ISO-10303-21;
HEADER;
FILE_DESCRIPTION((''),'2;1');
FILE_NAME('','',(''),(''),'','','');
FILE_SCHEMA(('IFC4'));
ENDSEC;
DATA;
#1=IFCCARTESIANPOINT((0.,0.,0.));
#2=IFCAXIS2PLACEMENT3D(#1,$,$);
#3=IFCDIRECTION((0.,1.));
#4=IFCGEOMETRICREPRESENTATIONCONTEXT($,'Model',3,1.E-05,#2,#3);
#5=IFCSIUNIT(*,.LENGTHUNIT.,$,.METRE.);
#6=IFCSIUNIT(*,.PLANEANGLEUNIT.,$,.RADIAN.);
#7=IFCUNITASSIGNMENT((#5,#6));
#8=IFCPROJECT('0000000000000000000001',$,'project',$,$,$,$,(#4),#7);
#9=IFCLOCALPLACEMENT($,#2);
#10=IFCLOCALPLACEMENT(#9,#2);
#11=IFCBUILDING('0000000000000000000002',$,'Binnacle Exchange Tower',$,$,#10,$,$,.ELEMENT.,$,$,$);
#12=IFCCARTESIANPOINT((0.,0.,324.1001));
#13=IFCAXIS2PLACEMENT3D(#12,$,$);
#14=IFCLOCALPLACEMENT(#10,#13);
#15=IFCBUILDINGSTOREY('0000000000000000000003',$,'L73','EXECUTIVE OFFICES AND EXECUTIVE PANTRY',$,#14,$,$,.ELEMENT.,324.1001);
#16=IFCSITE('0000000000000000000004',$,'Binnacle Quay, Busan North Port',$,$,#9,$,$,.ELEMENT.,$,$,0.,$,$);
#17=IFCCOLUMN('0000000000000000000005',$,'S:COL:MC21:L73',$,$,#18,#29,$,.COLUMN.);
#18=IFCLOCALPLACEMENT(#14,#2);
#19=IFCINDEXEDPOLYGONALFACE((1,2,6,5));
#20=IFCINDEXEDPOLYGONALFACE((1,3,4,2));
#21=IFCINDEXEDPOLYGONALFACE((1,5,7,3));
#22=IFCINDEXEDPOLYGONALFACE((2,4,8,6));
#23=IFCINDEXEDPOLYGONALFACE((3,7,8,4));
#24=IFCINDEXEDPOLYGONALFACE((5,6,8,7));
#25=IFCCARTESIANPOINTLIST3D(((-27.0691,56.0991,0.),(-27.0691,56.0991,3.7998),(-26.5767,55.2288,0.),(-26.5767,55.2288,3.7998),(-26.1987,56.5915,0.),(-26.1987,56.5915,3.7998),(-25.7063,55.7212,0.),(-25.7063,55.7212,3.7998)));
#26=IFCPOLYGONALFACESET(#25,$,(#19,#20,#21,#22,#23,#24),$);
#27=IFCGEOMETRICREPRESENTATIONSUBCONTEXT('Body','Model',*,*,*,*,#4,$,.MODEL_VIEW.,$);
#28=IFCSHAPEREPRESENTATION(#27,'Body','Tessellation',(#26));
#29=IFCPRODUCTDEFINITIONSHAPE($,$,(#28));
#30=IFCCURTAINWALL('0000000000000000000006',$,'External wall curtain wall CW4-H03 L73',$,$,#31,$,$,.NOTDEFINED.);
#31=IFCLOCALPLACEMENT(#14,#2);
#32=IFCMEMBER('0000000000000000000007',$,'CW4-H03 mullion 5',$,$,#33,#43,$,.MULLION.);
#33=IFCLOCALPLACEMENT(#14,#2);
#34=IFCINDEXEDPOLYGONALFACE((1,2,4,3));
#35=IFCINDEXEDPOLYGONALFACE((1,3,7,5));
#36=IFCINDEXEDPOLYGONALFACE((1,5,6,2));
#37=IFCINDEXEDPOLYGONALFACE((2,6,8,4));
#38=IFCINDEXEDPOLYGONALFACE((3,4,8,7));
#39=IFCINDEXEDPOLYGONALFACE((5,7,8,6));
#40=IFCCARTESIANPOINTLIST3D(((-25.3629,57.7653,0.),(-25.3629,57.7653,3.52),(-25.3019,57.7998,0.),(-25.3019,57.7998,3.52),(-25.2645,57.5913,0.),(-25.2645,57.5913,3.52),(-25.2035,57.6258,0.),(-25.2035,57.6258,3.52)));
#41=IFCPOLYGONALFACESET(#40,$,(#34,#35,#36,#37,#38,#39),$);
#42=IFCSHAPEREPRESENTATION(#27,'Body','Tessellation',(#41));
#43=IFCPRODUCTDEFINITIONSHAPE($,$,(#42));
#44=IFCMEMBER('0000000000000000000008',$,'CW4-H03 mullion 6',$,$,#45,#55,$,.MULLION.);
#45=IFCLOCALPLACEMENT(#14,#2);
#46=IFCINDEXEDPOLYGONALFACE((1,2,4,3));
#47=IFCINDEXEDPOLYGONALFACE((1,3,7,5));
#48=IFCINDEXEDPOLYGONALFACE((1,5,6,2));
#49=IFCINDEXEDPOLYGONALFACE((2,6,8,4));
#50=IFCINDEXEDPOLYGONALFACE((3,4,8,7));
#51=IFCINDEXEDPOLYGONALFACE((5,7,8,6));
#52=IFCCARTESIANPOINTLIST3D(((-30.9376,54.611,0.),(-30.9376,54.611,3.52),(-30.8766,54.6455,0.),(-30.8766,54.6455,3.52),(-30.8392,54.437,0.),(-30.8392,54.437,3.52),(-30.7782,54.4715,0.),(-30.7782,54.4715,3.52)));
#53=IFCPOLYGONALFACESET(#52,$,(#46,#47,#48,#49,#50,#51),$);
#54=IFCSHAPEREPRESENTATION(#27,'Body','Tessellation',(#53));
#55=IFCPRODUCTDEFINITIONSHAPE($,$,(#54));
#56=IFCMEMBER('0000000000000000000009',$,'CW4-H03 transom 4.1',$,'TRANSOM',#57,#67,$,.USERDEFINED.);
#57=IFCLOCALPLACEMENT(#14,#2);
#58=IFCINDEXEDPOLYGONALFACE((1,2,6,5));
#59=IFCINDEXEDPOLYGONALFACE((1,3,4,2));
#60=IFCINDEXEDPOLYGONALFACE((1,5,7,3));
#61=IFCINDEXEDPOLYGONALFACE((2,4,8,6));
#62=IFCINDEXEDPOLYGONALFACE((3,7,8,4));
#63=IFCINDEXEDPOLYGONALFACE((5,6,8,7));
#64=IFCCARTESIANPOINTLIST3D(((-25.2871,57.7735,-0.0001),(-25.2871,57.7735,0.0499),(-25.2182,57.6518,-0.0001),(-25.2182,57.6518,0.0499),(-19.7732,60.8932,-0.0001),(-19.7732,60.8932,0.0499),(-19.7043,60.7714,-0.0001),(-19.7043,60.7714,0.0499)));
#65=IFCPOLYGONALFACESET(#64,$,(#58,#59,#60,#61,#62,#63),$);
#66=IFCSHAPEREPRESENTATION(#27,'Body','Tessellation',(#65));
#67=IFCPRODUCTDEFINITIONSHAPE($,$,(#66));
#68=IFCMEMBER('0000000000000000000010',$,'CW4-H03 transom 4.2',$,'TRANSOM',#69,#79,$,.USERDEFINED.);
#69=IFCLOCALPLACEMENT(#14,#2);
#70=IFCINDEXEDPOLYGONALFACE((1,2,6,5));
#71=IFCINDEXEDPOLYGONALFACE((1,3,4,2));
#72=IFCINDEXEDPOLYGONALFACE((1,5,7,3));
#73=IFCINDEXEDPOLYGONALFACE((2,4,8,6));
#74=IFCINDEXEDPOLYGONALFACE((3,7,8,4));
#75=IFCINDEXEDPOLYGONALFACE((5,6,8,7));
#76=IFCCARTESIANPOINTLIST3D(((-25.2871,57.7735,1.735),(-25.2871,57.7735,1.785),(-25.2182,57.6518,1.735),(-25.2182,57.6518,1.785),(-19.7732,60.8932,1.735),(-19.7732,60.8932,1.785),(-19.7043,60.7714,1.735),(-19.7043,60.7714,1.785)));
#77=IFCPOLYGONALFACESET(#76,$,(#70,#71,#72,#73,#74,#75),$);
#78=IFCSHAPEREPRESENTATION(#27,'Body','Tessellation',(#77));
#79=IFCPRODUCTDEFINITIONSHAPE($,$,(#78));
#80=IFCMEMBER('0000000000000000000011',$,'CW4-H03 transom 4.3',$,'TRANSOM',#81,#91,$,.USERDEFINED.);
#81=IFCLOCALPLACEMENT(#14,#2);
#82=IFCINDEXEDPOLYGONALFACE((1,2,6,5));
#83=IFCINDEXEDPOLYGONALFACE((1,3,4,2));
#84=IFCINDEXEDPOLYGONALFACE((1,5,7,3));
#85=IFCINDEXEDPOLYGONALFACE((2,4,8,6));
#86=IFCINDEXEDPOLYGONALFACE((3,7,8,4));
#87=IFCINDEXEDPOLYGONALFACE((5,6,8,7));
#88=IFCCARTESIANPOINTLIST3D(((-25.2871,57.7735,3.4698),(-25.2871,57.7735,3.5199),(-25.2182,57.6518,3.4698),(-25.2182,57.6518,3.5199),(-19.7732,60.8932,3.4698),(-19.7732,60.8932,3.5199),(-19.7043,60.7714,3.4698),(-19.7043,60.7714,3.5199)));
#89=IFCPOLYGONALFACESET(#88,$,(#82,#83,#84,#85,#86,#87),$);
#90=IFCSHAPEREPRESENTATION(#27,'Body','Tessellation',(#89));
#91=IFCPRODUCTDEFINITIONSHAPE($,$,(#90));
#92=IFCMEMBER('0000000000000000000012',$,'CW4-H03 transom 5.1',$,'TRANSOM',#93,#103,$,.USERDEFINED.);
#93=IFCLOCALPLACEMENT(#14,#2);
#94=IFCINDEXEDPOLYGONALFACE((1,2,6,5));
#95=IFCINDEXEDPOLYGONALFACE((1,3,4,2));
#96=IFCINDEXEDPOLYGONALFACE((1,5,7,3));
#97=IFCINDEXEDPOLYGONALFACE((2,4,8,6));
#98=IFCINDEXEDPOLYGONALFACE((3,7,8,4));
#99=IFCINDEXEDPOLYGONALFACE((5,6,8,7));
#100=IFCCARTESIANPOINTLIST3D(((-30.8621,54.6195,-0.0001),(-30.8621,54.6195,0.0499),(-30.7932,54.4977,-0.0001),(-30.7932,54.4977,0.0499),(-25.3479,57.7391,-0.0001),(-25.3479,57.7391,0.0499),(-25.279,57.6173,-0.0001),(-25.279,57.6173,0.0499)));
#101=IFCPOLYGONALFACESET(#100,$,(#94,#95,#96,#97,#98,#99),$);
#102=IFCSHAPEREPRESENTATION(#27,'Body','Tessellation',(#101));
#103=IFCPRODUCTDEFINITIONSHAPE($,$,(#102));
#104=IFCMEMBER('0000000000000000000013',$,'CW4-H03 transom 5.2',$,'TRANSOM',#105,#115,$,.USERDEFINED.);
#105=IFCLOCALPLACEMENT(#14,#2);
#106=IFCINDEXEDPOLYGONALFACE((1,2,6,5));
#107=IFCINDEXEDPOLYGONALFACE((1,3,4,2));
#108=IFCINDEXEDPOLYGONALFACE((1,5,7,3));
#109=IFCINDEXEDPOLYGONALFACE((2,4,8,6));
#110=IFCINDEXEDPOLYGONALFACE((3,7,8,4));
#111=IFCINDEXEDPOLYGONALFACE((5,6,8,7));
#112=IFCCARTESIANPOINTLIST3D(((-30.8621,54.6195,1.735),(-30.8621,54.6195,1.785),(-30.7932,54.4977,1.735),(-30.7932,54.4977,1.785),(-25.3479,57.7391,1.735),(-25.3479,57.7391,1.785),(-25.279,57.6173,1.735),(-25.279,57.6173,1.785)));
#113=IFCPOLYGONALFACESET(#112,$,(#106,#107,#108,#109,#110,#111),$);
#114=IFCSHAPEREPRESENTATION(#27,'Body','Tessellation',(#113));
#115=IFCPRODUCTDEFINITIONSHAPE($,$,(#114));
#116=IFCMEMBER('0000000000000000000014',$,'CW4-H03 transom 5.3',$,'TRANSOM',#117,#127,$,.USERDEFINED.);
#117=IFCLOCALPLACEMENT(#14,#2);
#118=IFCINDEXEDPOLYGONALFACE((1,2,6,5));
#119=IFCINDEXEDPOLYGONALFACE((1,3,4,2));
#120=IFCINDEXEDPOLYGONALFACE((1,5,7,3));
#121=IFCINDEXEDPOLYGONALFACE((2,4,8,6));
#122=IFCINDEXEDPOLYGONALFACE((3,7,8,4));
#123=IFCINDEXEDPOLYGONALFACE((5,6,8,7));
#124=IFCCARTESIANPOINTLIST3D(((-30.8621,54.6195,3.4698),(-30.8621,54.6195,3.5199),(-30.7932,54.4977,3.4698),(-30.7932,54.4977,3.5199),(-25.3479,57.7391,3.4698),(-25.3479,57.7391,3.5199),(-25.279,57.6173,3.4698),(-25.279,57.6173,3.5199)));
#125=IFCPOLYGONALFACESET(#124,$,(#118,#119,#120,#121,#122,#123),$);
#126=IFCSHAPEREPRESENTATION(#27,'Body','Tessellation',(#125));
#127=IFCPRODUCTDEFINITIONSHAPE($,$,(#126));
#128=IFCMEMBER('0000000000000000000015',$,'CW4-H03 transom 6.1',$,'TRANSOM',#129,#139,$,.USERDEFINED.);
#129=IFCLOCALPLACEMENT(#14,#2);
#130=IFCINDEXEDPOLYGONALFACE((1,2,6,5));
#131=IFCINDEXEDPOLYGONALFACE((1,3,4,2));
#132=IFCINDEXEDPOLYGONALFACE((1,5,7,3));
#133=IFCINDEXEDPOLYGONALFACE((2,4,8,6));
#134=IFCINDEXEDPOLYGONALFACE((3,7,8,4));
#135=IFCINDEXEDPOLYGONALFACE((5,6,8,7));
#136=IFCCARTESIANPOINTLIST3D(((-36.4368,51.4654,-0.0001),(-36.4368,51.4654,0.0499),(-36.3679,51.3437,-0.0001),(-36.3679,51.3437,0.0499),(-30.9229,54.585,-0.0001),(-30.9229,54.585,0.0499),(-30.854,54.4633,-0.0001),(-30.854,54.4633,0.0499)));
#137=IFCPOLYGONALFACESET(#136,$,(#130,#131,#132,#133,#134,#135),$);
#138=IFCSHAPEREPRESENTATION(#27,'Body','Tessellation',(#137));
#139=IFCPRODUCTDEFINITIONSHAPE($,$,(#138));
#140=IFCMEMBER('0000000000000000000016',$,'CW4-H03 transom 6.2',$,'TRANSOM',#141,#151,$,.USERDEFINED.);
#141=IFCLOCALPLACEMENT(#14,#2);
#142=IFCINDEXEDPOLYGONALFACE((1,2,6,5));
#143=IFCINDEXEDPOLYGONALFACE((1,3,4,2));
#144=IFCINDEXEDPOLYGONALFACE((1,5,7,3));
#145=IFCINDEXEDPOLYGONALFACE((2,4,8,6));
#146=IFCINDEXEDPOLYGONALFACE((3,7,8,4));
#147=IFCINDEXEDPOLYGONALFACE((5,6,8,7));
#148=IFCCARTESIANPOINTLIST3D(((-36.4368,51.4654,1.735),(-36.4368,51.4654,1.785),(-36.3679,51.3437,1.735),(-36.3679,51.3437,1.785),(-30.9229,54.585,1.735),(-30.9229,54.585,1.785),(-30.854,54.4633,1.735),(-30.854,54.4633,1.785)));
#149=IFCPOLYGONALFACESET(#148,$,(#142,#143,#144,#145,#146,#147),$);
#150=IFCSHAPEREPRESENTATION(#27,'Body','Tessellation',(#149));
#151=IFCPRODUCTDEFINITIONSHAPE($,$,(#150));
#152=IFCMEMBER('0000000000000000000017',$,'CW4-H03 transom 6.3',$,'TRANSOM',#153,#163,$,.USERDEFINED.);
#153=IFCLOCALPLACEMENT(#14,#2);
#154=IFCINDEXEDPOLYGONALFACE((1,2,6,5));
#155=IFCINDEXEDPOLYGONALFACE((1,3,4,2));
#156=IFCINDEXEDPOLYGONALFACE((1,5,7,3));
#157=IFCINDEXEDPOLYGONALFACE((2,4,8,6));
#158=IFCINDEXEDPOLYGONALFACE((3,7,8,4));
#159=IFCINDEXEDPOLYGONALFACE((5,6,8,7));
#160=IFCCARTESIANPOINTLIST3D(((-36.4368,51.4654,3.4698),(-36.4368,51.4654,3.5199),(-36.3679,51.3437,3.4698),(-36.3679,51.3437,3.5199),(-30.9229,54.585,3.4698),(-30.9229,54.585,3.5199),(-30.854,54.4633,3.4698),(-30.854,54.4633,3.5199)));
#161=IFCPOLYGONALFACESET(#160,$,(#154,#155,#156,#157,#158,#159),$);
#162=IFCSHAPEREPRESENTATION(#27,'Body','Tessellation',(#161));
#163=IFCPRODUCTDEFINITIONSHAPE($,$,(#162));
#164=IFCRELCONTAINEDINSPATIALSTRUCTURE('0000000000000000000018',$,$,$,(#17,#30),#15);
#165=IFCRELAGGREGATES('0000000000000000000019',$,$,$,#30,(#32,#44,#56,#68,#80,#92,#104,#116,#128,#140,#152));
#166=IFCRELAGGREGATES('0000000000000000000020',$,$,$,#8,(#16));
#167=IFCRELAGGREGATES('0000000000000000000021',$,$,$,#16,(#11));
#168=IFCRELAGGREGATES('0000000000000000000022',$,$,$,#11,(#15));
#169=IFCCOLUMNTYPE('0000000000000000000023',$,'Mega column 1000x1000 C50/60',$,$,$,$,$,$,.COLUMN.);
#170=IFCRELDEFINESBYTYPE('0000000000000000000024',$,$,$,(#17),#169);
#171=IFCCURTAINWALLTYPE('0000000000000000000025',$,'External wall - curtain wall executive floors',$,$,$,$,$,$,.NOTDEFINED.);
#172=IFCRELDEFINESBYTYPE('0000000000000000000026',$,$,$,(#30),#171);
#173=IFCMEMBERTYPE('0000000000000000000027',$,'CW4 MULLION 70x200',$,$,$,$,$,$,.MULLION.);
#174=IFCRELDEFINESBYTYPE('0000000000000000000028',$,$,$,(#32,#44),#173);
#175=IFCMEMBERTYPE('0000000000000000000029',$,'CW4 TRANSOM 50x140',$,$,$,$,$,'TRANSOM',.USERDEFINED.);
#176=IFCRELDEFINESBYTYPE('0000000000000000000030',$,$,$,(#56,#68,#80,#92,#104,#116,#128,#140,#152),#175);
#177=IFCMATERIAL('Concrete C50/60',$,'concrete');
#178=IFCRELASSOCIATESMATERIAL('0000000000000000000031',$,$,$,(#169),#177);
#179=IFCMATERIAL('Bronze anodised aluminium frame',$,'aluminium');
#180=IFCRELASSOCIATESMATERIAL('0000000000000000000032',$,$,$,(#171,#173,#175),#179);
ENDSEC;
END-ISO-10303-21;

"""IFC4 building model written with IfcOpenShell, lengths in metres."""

from ifc_helpers import new_model, si_unit, direction, frame, origin, origin_2d, place, context, subcontext, project, spatial, rectangle, extrude, material, material_profile, profile_set, type_object, element, aggregate, save


model = new_model("IFC4")

# Units and contexts
model_context = context("Model", 3, precision=1e-05, world=origin(), true_north=direction((0.0, 1.0)))
body_context = subcontext(model_context, "Body", "Model", "MODEL_VIEW")
ifc_project = project(units=[si_unit("LENGTHUNIT", "METRE"), si_unit("PLANEANGLEUNIT", "RADIAN")], contexts=[model_context])

# Site, building, storey
site_placement = place(None, origin())
site = spatial("IfcSite", under=ifc_project, at=site_placement, Name="Binnacle Quay, Busan North Port", CompositionType="ELEMENT", RefElevation=0.0)
building_placement = place(site_placement, origin())
building = spatial("IfcBuilding", under=site, at=building_placement, Name="Binnacle Exchange Tower", CompositionType="ELEMENT")
storey_placement = place(building_placement, frame((0.0, 0.0, 324.1001)))
storey = spatial("IfcBuildingStorey", under=building, at=storey_placement, Name="L73", Description="EXECUTIVE OFFICES AND EXECUTIVE PANTRY", CompositionType="ELEMENT", Elevation=324.1001)

# Column
ifc_material_1 = material(Name="Concrete C50/60", Category="concrete")
ifc_material_profile_1 = material_profile(ifc_material_1, rectangle(XDim=1.0, YDim=1.0, at=origin_2d()), Name="Mega column 1000x1000 C50/60")
ifc_profile_set_1 = profile_set([ifc_material_profile_1], Name="Concrete C50/60")
column_type = type_object("IfcColumnType", Name="Mega column 1000x1000 C50/60", PredefinedType="COLUMN", material=ifc_profile_set_1)
column_placement = place(storey_placement, frame((-26.3877, 55.9102, 0.0), z_axis=(0.0, 0.0, 1.0), x_axis=(-0.870356, -0.492424, 0.0)))
element("IfcColumn", 1, at=column_placement, inside=storey, type_object=column_type, Name="S:COL:MC21:L73", PredefinedType="COLUMN", context=body_context, shape_type="SweptSolid", body=[
    extrude(rectangle(XDim=1.0, YDim=1.0, at=origin_2d()), origin(), (0.0, 0.0, 1.0), 3.7998),
])

# Curtain wall, members
ifc_material_2 = material(Name="Bronze anodised aluminium frame", Category="aluminium")
curtain_wall_type = type_object("IfcCurtainWallType", Name="External wall - curtain wall executive floors", PredefinedType="NOTDEFINED", material=ifc_material_2)
curtain_wall_placement = place(storey_placement, origin())
curtain_wall = element("IfcCurtainWall", 2, at=curtain_wall_placement, inside=storey, type_object=curtain_wall_type, Name="External wall curtain wall CW4-H03 L73", PredefinedType="NOTDEFINED")
ifc_material_profile_2 = material_profile(ifc_material_2, rectangle(XDim=0.2, YDim=0.0701, at=origin_2d()), Name="AL 70x200")
ifc_profile_set_2 = profile_set([ifc_material_profile_2], Name="Bronze anodised aluminium frame")
member_type_1 = type_object("IfcMemberType", Name="CW4 MULLION 70x200", PredefinedType="MULLION", material=ifc_profile_set_2)
member_1_placement = place(storey_placement, frame((-25.2832, 57.6956, 0.0), z_axis=(0.0, 0.0, 1.0), x_axis=(0.492424, -0.870356, 0.0)))
member_1 = element("IfcMember", 3, at=member_1_placement, type_object=member_type_1, Name="CW4-H03 mullion 5", PredefinedType="MULLION", context=body_context, shape_type="SweptSolid", body=[
    extrude(rectangle(XDim=0.2, YDim=0.0701, at=origin_2d()), origin(), (0.0, 0.0, 1.0), 3.52),
])
member_2_placement = place(storey_placement, frame((-30.8579, 54.5413, 0.0), z_axis=(0.0, 0.0, 1.0), x_axis=(0.492424, -0.870356, 0.0)))
member_2 = element("IfcMember", 4, at=member_2_placement, type_object=member_type_1, Name="CW4-H03 mullion 6", PredefinedType="MULLION", context=body_context, shape_type="SweptSolid", body=[
    extrude(rectangle(XDim=0.2, YDim=0.0701, at=origin_2d()), origin(), (0.0, 0.0, 1.0), 3.52),
])
ifc_material_profile_3 = material_profile(ifc_material_2, rectangle(XDim=0.1399, YDim=0.05, at=origin_2d()), Name="AL 140x50")
ifc_profile_set_3 = profile_set([ifc_material_profile_3], Name="Bronze anodised aluminium frame")
member_type_2 = type_object("IfcMemberType", Name="CW4 TRANSOM 50x140", ElementType="TRANSOM", PredefinedType="USERDEFINED", material=ifc_profile_set_3)
member_3_placement = place(storey_placement, frame((-19.7388, 60.8323, 0.0249), z_axis=(-0.870355, -0.492424, 0.0), x_axis=(0.492424, -0.870355, 0.0)))
member_3 = element("IfcMember", 5, at=member_3_placement, type_object=member_type_2, Name="CW4-H03 transom 4.1", ObjectType="TRANSOM", PredefinedType="USERDEFINED", context=body_context, shape_type="SweptSolid", body=[
    extrude(rectangle(XDim=0.1399, YDim=0.05, at=origin_2d()), origin(), (0.0, 0.0, 1.0), 6.3352),
])
member_4_placement = place(storey_placement, frame((-19.7388, 60.8323, 1.76), z_axis=(-0.870355, -0.492424, 0.0), x_axis=(0.492424, -0.870355, 0.0)))
member_4 = element("IfcMember", 6, at=member_4_placement, type_object=member_type_2, Name="CW4-H03 transom 4.2", ObjectType="TRANSOM", PredefinedType="USERDEFINED", context=body_context, shape_type="SweptSolid", body=[
    extrude(rectangle(XDim=0.1399, YDim=0.05, at=origin_2d()), origin(), (0.0, 0.0, 1.0), 6.3352),
])
member_5_placement = place(storey_placement, frame((-19.7388, 60.8323, 3.4949), z_axis=(-0.870355, -0.492424, 0.0), x_axis=(0.492424, -0.870355, 0.0)))
member_5 = element("IfcMember", 7, at=member_5_placement, type_object=member_type_2, Name="CW4-H03 transom 4.3", ObjectType="TRANSOM", PredefinedType="USERDEFINED", context=body_context, shape_type="SweptSolid", body=[
    extrude(rectangle(XDim=0.1399, YDim=0.05, at=origin_2d()), origin(), (0.0, 0.0, 1.0), 6.3352),
])
member_6_placement = place(storey_placement, frame((-25.3135, 57.6782, 0.0249), z_axis=(-0.870365, -0.492408, 0.0), x_axis=(0.492408, -0.870365, 0.0)))
member_6 = element("IfcMember", 8, at=member_6_placement, type_object=member_type_2, Name="CW4-H03 transom 5.1", ObjectType="TRANSOM", PredefinedType="USERDEFINED", context=body_context, shape_type="SweptSolid", body=[
    extrude(rectangle(XDim=0.1399, YDim=0.05, at=origin_2d()), origin(), (0.0, 0.0, 1.0), 6.3354),
])
member_7_placement = place(storey_placement, frame((-25.3135, 57.6782, 1.76), z_axis=(-0.870365, -0.492408, 0.0), x_axis=(0.492408, -0.870365, 0.0)))
member_7 = element("IfcMember", 9, at=member_7_placement, type_object=member_type_2, Name="CW4-H03 transom 5.2", ObjectType="TRANSOM", PredefinedType="USERDEFINED", context=body_context, shape_type="SweptSolid", body=[
    extrude(rectangle(XDim=0.1399, YDim=0.05, at=origin_2d()), origin(), (0.0, 0.0, 1.0), 6.3354),
])
member_8_placement = place(storey_placement, frame((-25.3135, 57.6782, 3.4949), z_axis=(-0.870365, -0.492408, 0.0), x_axis=(0.492408, -0.870365, 0.0)))
member_8 = element("IfcMember", 10, at=member_8_placement, type_object=member_type_2, Name="CW4-H03 transom 5.3", ObjectType="TRANSOM", PredefinedType="USERDEFINED", context=body_context, shape_type="SweptSolid", body=[
    extrude(rectangle(XDim=0.1399, YDim=0.05, at=origin_2d()), origin(), (0.0, 0.0, 1.0), 6.3354),
])
member_9_placement = place(storey_placement, frame((-30.8884, 54.5242, 0.0249), z_axis=(-0.870355, -0.492424, 0.0), x_axis=(0.492424, -0.870355, 0.0)))
member_9 = element("IfcMember", 11, at=member_9_placement, type_object=member_type_2, Name="CW4-H03 transom 6.1", ObjectType="TRANSOM", PredefinedType="USERDEFINED", context=body_context, shape_type="SweptSolid", body=[
    extrude(rectangle(XDim=0.1399, YDim=0.05, at=origin_2d()), origin(), (0.0, 0.0, 1.0), 6.3352),
])
member_10_placement = place(storey_placement, frame((-30.8884, 54.5242, 1.76), z_axis=(-0.870355, -0.492424, 0.0), x_axis=(0.492424, -0.870355, 0.0)))
member_10 = element("IfcMember", 12, at=member_10_placement, type_object=member_type_2, Name="CW4-H03 transom 6.2", ObjectType="TRANSOM", PredefinedType="USERDEFINED", context=body_context, shape_type="SweptSolid", body=[
    extrude(rectangle(XDim=0.1399, YDim=0.05, at=origin_2d()), origin(), (0.0, 0.0, 1.0), 6.3352),
])
member_11_placement = place(storey_placement, frame((-30.8884, 54.5242, 3.4949), z_axis=(-0.870355, -0.492424, 0.0), x_axis=(0.492424, -0.870355, 0.0)))
member_11 = element("IfcMember", 13, at=member_11_placement, type_object=member_type_2, Name="CW4-H03 transom 6.3", ObjectType="TRANSOM", PredefinedType="USERDEFINED", context=body_context, shape_type="SweptSolid", body=[
    extrude(rectangle(XDim=0.1399, YDim=0.05, at=origin_2d()), origin(), (0.0, 0.0, 1.0), 6.3352),
])

aggregate(curtain_wall, [member_1, member_2, member_3, member_4, member_5, member_6, member_7, member_8, member_9, member_10, member_11])

save(model, "model.ifc")
